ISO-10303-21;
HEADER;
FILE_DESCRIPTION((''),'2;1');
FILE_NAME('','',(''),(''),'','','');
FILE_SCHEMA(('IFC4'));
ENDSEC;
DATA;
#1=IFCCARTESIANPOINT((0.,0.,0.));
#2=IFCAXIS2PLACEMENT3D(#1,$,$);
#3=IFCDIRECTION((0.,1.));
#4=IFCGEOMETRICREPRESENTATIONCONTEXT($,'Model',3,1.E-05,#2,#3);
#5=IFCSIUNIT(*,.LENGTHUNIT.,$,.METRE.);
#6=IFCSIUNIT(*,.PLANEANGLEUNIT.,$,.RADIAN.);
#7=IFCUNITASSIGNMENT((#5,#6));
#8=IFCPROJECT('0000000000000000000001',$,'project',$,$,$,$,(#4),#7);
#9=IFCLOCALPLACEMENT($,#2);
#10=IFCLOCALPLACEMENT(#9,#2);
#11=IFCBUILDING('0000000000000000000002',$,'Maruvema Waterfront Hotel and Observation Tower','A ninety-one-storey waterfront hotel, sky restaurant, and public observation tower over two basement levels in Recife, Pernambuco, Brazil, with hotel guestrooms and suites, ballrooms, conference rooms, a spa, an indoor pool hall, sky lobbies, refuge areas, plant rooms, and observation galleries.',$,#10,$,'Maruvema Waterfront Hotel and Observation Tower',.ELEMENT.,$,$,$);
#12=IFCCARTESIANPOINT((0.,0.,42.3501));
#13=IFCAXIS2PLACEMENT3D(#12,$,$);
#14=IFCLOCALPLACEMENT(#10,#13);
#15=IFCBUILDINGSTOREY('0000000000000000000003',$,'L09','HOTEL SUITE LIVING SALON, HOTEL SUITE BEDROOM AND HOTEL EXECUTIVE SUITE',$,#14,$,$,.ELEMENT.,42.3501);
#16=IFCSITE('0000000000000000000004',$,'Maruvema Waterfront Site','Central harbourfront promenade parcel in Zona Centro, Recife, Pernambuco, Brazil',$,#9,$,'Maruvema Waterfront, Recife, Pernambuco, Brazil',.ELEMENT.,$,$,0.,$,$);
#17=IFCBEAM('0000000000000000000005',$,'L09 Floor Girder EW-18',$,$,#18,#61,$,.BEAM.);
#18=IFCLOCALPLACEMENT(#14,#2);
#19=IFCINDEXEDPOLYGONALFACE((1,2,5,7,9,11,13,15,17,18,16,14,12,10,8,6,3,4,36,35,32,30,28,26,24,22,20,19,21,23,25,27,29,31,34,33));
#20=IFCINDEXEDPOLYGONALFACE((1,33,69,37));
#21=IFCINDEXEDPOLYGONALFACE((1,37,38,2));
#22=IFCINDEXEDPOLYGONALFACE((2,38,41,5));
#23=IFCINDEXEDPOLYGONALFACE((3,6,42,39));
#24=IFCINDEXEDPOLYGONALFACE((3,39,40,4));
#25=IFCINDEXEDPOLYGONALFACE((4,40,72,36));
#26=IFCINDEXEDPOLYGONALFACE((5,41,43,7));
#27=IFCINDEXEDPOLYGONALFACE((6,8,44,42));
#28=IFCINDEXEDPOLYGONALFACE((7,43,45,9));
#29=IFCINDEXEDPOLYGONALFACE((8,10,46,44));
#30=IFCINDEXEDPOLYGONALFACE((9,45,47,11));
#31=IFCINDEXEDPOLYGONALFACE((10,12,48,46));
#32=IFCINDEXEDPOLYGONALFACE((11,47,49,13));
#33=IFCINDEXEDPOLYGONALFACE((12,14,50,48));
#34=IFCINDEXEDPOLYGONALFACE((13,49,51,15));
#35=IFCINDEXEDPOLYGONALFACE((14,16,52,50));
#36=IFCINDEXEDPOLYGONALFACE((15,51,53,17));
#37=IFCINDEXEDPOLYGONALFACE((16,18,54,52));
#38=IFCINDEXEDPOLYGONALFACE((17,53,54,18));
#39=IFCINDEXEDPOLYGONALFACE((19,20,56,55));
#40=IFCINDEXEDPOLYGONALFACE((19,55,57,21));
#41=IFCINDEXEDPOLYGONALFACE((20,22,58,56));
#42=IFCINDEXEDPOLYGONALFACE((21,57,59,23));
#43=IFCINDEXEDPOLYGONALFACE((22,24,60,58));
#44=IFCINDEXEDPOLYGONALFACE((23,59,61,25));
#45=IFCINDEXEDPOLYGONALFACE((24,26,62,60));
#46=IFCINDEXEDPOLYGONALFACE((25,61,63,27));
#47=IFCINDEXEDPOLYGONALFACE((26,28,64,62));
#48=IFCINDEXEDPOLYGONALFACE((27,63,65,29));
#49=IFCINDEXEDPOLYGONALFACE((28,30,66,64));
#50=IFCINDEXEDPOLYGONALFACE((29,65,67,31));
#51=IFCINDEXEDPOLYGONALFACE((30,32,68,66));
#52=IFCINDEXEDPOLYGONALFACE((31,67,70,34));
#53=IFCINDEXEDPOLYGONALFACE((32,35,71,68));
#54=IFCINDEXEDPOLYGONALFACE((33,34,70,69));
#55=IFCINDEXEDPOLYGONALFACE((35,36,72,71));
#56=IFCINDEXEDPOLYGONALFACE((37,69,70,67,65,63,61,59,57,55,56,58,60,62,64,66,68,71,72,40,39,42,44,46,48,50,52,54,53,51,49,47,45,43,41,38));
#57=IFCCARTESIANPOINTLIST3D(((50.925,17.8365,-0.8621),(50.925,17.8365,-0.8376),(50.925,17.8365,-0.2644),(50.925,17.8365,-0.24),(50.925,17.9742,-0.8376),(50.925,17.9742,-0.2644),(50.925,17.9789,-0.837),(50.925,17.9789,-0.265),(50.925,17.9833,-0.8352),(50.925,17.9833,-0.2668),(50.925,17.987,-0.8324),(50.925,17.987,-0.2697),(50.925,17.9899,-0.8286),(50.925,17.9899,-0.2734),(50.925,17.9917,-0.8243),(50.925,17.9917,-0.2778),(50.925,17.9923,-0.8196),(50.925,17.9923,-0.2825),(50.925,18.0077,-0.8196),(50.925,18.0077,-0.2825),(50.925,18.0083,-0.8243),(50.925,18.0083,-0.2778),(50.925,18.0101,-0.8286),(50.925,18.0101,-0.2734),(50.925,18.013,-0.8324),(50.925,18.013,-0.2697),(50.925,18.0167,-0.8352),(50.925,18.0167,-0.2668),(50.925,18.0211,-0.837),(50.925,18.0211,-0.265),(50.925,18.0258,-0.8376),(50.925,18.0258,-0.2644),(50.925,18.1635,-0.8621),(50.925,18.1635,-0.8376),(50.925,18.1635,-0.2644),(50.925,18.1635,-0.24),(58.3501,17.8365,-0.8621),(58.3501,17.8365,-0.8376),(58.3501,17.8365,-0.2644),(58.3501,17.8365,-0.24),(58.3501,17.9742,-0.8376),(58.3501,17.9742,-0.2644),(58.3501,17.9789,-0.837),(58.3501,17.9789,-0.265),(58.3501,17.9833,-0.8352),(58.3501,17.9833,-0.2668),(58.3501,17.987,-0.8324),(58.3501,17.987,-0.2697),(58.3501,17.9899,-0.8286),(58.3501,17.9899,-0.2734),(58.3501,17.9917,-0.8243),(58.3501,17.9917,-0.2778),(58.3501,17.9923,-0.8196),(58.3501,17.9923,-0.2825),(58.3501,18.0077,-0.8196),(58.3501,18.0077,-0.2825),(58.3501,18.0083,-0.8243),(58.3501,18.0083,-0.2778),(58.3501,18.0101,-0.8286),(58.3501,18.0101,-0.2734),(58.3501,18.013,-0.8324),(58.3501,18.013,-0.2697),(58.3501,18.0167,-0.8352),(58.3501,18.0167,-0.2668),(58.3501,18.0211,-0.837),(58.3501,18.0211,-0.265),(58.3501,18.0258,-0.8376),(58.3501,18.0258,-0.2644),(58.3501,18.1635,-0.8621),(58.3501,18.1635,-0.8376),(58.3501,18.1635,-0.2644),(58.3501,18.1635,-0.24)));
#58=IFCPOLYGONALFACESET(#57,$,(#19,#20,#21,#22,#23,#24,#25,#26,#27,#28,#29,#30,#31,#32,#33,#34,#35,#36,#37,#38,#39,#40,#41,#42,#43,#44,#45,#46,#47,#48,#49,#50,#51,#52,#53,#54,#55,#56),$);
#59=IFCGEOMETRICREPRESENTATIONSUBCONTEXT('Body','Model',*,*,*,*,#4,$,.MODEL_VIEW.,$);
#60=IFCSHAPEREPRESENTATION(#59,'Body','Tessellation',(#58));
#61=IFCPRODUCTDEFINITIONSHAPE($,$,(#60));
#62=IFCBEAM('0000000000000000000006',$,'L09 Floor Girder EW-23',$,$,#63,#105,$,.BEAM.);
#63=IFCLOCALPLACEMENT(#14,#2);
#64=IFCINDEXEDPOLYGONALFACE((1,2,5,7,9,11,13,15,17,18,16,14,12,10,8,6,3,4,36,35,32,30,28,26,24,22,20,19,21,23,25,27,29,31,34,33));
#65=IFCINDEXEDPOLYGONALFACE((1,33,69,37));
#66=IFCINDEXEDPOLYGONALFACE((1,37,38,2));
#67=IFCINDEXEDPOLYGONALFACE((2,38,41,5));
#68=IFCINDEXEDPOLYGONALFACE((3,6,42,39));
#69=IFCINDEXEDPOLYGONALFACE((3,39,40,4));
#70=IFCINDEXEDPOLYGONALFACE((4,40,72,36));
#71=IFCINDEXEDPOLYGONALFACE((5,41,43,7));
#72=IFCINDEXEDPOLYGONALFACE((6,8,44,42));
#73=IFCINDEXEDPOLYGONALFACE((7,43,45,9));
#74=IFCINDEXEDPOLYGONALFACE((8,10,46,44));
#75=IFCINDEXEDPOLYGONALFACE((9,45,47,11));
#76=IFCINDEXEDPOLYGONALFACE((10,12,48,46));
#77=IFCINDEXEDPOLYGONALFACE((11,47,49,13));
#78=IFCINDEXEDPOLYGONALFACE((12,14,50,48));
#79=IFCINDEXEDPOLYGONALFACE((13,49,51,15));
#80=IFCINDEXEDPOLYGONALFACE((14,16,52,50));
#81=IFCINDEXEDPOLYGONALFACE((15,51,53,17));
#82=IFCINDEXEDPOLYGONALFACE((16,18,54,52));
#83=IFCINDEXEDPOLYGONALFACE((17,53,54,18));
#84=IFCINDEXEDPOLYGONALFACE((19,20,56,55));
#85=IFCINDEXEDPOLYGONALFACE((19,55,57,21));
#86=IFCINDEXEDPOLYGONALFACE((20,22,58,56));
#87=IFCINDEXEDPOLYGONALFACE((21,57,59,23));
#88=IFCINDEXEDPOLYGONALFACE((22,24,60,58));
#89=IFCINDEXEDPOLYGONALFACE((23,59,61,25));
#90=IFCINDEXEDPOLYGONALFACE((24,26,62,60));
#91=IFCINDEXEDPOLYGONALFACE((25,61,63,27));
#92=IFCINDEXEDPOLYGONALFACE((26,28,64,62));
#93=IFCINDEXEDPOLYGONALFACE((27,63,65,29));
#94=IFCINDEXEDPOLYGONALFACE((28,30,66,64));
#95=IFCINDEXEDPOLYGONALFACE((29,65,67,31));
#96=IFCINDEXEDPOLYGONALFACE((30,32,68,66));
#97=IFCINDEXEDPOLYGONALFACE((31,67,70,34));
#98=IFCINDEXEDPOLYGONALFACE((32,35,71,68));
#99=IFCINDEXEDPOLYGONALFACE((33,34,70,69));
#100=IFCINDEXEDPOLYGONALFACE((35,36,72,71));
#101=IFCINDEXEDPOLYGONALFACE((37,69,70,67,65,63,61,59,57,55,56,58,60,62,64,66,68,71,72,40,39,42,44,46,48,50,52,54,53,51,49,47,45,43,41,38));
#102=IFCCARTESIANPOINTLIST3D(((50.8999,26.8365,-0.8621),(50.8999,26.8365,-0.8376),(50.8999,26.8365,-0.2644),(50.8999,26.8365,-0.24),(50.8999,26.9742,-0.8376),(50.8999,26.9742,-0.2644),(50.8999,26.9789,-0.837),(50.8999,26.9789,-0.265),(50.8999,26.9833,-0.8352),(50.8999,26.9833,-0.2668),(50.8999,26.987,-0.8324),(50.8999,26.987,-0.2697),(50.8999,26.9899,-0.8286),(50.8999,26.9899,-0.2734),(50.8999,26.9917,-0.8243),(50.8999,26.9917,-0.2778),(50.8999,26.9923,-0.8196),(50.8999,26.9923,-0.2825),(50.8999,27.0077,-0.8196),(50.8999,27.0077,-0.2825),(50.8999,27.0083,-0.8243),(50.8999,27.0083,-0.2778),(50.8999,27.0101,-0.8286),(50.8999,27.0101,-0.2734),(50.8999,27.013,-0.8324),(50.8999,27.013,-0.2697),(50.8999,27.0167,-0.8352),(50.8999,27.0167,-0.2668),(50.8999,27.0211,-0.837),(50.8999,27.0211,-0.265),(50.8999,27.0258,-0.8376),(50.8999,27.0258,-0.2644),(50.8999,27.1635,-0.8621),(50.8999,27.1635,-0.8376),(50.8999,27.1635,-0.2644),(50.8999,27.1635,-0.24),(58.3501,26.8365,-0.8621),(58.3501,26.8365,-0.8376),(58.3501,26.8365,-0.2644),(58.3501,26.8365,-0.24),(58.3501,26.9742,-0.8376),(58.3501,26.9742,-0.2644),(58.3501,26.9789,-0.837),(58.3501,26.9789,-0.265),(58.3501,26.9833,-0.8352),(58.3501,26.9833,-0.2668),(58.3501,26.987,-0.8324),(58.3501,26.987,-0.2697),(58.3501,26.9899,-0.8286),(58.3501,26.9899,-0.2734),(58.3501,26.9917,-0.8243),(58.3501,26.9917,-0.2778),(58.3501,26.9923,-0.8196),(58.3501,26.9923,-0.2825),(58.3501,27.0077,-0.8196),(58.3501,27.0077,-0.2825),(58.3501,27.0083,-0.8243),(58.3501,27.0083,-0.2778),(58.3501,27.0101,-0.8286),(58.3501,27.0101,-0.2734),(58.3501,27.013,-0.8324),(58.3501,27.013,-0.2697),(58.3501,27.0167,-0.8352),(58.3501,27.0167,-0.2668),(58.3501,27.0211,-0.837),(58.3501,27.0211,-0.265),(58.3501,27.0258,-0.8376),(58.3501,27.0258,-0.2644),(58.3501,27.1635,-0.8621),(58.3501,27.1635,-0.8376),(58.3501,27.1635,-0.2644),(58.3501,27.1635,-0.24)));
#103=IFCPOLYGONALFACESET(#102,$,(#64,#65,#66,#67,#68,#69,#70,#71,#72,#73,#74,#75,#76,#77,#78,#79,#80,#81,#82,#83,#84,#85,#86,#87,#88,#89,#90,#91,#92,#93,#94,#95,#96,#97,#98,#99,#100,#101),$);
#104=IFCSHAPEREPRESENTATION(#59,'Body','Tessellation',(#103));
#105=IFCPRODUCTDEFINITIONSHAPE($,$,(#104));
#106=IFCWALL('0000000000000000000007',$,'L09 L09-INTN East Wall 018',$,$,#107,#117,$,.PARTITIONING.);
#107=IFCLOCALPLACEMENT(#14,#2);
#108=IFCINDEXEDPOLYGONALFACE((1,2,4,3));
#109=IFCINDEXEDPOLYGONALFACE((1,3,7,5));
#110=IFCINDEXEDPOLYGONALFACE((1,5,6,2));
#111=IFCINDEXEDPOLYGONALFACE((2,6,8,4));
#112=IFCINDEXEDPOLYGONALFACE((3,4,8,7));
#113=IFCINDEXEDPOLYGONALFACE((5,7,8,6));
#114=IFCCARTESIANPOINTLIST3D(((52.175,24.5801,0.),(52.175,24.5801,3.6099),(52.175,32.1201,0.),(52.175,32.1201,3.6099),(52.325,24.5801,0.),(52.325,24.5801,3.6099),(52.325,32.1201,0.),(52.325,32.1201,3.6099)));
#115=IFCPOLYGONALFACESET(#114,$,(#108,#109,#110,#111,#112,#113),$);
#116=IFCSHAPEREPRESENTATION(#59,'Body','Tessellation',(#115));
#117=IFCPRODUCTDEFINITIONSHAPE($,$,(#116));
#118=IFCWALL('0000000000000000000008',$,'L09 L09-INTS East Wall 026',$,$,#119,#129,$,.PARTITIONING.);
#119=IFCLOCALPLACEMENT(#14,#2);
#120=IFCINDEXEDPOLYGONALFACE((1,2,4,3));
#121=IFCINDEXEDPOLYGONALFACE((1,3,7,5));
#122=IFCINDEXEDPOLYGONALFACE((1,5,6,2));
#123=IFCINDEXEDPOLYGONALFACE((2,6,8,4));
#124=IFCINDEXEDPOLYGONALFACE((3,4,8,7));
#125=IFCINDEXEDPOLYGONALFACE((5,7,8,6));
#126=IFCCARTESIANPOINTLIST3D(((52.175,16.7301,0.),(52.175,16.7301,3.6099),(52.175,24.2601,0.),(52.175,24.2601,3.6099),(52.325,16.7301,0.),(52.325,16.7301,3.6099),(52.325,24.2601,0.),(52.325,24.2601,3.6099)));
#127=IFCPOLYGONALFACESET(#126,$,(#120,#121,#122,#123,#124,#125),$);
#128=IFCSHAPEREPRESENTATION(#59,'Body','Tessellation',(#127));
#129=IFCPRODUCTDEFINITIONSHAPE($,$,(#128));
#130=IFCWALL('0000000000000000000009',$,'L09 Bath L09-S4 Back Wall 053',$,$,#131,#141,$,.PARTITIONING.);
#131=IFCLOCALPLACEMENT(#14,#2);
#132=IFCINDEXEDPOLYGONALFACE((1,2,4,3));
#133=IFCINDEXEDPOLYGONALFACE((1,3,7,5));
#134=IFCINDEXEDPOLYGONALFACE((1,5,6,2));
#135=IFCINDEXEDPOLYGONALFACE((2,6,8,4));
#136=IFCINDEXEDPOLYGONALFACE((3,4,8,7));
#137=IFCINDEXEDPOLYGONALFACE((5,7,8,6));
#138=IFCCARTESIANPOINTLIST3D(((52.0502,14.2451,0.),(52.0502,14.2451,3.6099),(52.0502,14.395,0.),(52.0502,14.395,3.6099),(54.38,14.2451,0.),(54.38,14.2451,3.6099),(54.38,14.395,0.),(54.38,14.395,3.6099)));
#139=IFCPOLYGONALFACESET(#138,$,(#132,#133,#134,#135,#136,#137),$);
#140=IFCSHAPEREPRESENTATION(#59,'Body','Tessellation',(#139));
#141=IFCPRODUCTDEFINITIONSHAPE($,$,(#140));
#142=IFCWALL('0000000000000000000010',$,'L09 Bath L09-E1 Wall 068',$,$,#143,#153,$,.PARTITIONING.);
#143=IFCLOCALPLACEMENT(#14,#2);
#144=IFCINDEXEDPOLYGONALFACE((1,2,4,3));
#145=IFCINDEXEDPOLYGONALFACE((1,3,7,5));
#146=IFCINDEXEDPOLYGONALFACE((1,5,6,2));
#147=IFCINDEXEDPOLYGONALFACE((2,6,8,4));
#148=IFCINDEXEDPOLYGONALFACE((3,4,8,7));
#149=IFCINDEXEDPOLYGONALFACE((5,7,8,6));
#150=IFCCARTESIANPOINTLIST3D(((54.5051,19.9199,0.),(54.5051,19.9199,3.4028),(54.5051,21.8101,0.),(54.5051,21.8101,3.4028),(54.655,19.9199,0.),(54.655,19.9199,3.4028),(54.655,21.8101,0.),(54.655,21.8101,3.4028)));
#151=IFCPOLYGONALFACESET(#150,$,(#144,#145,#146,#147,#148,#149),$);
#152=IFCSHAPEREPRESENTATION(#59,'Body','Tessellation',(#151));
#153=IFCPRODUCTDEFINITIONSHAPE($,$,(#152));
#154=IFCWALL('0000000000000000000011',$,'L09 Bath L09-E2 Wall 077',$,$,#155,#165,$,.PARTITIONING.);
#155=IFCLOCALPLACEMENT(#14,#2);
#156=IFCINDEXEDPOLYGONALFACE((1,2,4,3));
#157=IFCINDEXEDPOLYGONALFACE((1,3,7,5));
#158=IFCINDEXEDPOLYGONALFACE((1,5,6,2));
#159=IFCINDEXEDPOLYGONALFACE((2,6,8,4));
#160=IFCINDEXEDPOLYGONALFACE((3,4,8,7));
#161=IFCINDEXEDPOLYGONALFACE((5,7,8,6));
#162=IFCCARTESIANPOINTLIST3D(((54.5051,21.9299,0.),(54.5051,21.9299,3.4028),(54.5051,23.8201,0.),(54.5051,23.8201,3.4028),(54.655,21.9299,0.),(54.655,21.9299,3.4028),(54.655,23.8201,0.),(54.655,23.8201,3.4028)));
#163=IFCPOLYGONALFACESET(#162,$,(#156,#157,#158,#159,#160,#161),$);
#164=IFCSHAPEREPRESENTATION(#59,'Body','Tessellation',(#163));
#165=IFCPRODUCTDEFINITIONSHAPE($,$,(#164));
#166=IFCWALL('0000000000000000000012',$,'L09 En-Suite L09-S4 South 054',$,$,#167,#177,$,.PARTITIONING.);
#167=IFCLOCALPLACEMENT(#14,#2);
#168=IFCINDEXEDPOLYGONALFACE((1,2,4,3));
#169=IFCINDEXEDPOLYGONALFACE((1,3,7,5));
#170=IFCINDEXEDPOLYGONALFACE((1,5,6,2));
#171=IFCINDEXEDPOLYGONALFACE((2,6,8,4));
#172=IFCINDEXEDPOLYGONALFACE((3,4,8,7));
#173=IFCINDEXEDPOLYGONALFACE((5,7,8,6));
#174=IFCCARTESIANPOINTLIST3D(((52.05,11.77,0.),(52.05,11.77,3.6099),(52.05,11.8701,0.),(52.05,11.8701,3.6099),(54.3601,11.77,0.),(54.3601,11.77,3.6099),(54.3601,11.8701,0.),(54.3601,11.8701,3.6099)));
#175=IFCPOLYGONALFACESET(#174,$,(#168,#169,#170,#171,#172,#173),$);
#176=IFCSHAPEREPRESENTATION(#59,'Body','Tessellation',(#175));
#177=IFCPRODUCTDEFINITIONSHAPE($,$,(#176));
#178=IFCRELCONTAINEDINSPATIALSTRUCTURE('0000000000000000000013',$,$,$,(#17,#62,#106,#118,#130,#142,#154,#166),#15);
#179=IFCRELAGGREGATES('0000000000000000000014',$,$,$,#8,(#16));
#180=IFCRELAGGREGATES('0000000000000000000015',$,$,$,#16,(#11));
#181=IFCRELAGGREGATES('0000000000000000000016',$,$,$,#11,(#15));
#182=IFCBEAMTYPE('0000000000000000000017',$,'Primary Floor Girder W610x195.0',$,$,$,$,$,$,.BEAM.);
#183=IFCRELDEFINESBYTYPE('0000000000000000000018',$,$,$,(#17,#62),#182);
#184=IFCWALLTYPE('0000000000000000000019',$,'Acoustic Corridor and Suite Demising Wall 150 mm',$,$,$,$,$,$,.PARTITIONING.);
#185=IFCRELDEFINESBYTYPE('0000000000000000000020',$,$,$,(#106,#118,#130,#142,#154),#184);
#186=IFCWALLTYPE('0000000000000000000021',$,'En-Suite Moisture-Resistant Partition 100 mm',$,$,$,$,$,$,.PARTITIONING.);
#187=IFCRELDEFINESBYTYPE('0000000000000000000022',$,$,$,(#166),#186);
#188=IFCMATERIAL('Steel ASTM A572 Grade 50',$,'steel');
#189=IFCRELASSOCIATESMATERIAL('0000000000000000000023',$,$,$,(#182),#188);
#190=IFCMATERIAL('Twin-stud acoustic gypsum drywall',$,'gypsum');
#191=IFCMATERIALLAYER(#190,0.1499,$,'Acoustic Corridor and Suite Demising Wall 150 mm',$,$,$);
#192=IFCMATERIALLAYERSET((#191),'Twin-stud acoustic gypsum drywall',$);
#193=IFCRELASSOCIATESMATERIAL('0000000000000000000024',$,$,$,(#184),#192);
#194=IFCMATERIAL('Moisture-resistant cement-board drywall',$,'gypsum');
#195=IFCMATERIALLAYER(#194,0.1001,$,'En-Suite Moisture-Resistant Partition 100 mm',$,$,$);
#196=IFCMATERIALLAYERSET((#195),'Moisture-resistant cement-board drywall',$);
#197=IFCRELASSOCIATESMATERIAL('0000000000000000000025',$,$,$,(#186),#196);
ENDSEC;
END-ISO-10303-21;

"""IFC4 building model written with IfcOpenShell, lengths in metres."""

from ifc_helpers import new_model, si_unit, direction, frame, frame_2d, origin, origin_2d, place, context, subcontext, project, spatial, rectangle, i_section, extrude, material, layer, layer_set, material_profile, profile_set, type_object, element, save


model = new_model("IFC4")

# Units and contexts
model_context = context("Model", 3, precision=1e-05, world=origin(), true_north=direction((0.0, 1.0)))
body_context = subcontext(model_context, "Body", "Model", "MODEL_VIEW")
ifc_project = project(units=[si_unit("LENGTHUNIT", "METRE"), si_unit("PLANEANGLEUNIT", "RADIAN")], contexts=[model_context])

# Site, building, storey
site_placement = place(None, origin())
site = spatial("IfcSite", under=ifc_project, at=site_placement, Name="Maruvema Waterfront Site", Description="Central harbourfront promenade parcel in Zona Centro, Recife, Pernambuco, Brazil", LongName="Maruvema Waterfront, Recife, Pernambuco, Brazil", CompositionType="ELEMENT", RefElevation=0.0)
building_placement = place(site_placement, origin())
building = spatial("IfcBuilding", under=site, at=building_placement, Name="Maruvema Waterfront Hotel and Observation Tower", Description="A ninety-one-storey waterfront hotel, sky restaurant, and public observation tower over two basement levels in Recife, Pernambuco, Brazil, with hotel guestrooms and suites, ballrooms, conference rooms, a spa, an indoor pool hall, sky lobbies, refuge areas, plant rooms, and observation galleries.", LongName="Maruvema Waterfront Hotel and Observation Tower", CompositionType="ELEMENT")
storey_placement = place(building_placement, frame((0.0, 0.0, 42.3501)))
storey = spatial("IfcBuildingStorey", under=building, at=storey_placement, Name="L09", Description="HOTEL SUITE LIVING SALON, HOTEL SUITE BEDROOM AND HOTEL EXECUTIVE SUITE", CompositionType="ELEMENT", Elevation=42.3501)

# Beams
ifc_material_1 = material(Name="Steel ASTM A572 Grade 50", Category="steel")
ifc_material_profile = material_profile(ifc_material_1, i_section(OverallWidth=0.3269, OverallDepth=0.6221, WebThickness=0.0154, FlangeThickness=0.0244, FilletRadius=0.0181, at=origin_2d()), Name="W610x195.0")
ifc_profile_set = profile_set([ifc_material_profile], Name="Steel ASTM A572 Grade 50")
beam_type = type_object("IfcBeamType", Name="Primary Floor Girder W610x195.0", PredefinedType="BEAM", material=ifc_profile_set)
beam_1_placement = place(storey_placement, frame((50.925, 18.0, -0.551), z_axis=(1.0, 0.0, 0.0), x_axis=(0.0, 1.0, 0.0)))
element("IfcBeam", 1, at=beam_1_placement, inside=storey, type_object=beam_type, Name="L09 Floor Girder EW-18", PredefinedType="BEAM", context=body_context, shape_type="SweptSolid", body=[
    extrude(i_section(OverallWidth=0.3269, OverallDepth=0.6221, WebThickness=0.0154, FlangeThickness=0.0244, FilletRadius=0.0181, at=origin_2d()), origin(), (0.0, 0.0, 1.0), 7.425),
])
beam_2_placement = place(storey_placement, frame((50.8999, 27.0, -0.551), z_axis=(1.0, 0.0, 0.0), x_axis=(0.0, 1.0, 0.0)))
element("IfcBeam", 2, at=beam_2_placement, inside=storey, type_object=beam_type, Name="L09 Floor Girder EW-23", PredefinedType="BEAM", context=body_context, shape_type="SweptSolid", body=[
    extrude(i_section(OverallWidth=0.3269, OverallDepth=0.6221, WebThickness=0.0154, FlangeThickness=0.0244, FilletRadius=0.0181, at=origin_2d()), origin(), (0.0, 0.0, 1.0), 7.4502),
])

# Walls
ifc_material_2 = material(Name="Twin-stud acoustic gypsum drywall", Category="gypsum")
ifc_layer_1 = layer(ifc_material_2, 0.1499, Name="Acoustic Corridor and Suite Demising Wall 150 mm")
ifc_layer_set_1 = layer_set([ifc_layer_1], Name="Twin-stud acoustic gypsum drywall")
wall_type_1 = type_object("IfcWallType", Name="Acoustic Corridor and Suite Demising Wall 150 mm", PredefinedType="PARTITIONING", material=ifc_layer_set_1)
wall_1_placement = place(storey_placement, frame((52.25, 24.5801, 0.0), z_axis=(0.0, 0.0, 1.0), x_axis=(0.0, 1.0, 0.0)))
element("IfcWall", 3, at=wall_1_placement, inside=storey, type_object=wall_type_1, Name="L09 L09-INTN East Wall 018", PredefinedType="PARTITIONING", context=body_context, shape_type="SweptSolid", body=[
    extrude(rectangle(XDim=7.54, YDim=0.1499, at=frame_2d((3.77, 0.0))), origin(), (0.0, 0.0, 1.0), 3.6099),
])
wall_2_placement = place(storey_placement, frame((52.25, 16.73, 0.0), z_axis=(0.0, 0.0, 1.0), x_axis=(0.0, 1.0, 0.0)))
element("IfcWall", 4, at=wall_2_placement, inside=storey, type_object=wall_type_1, Name="L09 L09-INTS East Wall 026", PredefinedType="PARTITIONING", context=body_context, shape_type="SweptSolid", body=[
    extrude(rectangle(XDim=7.53, YDim=0.1499, at=frame_2d((3.7651, 0.0))), origin(), (0.0, 0.0, 1.0), 3.6099),
])
wall_3_placement = place(storey_placement, frame((52.05, 14.3201, 0.0), z_axis=(0.0, 0.0, 1.0), x_axis=(1.0, 0.0, 0.0)))
element("IfcWall", 5, at=wall_3_placement, inside=storey, type_object=wall_type_1, Name="L09 Bath L09-S4 Back Wall 053", PredefinedType="PARTITIONING", context=body_context, shape_type="SweptSolid", body=[
    extrude(rectangle(XDim=2.3298, YDim=0.1499, at=frame_2d((1.165, 0.0))), origin(), (0.0, 0.0, 1.0), 3.6099),
])

# Walls
for number, where, z_axis, x_axis, name in (
    (6, (54.5801, 19.9199, 0.0), (0.0, 0.0, 1.0), (0.0, 1.0, 0.0), "L09 Bath L09-E1 Wall 068"),
    (7, (54.5801, 21.9299, 0.0), (0.0, 0.0, 1.0), (0.0, 1.0, 0.0), "L09 Bath L09-E2 Wall 077"),
):
    element("IfcWall", number, at=place(storey_placement, frame(where, z_axis=z_axis, x_axis=x_axis)), inside=storey, type_object=wall_type_1, Name=name, PredefinedType="PARTITIONING", context=body_context, shape_type="SweptSolid", body=[
        extrude(rectangle(XDim=1.8901, YDim=0.1499, at=frame_2d((0.9451, 0.0))), origin(), (0.0, 0.0, 1.0), 3.4028),
    ])

# Wall
ifc_material_3 = material(Name="Moisture-resistant cement-board drywall", Category="gypsum")
ifc_layer_2 = layer(ifc_material_3, 0.1001, Name="En-Suite Moisture-Resistant Partition 100 mm")
ifc_layer_set_2 = layer_set([ifc_layer_2], Name="Moisture-resistant cement-board drywall")
wall_type_2 = type_object("IfcWallType", Name="En-Suite Moisture-Resistant Partition 100 mm", PredefinedType="PARTITIONING", material=ifc_layer_set_2)
wall_4_placement = place(storey_placement, frame((52.05, 11.8201, 0.0), z_axis=(0.0, 0.0, 1.0), x_axis=(1.0, 0.0, 0.0)))
element("IfcWall", 8, at=wall_4_placement, inside=storey, type_object=wall_type_2, Name="L09 En-Suite L09-S4 South 054", PredefinedType="PARTITIONING", context=body_context, shape_type="SweptSolid", body=[
    extrude(rectangle(XDim=2.3101, YDim=0.1001, at=frame_2d((1.155, 0.0))), origin(), (0.0, 0.0, 1.0), 3.6099),
])

save(model, "model.ifc")
